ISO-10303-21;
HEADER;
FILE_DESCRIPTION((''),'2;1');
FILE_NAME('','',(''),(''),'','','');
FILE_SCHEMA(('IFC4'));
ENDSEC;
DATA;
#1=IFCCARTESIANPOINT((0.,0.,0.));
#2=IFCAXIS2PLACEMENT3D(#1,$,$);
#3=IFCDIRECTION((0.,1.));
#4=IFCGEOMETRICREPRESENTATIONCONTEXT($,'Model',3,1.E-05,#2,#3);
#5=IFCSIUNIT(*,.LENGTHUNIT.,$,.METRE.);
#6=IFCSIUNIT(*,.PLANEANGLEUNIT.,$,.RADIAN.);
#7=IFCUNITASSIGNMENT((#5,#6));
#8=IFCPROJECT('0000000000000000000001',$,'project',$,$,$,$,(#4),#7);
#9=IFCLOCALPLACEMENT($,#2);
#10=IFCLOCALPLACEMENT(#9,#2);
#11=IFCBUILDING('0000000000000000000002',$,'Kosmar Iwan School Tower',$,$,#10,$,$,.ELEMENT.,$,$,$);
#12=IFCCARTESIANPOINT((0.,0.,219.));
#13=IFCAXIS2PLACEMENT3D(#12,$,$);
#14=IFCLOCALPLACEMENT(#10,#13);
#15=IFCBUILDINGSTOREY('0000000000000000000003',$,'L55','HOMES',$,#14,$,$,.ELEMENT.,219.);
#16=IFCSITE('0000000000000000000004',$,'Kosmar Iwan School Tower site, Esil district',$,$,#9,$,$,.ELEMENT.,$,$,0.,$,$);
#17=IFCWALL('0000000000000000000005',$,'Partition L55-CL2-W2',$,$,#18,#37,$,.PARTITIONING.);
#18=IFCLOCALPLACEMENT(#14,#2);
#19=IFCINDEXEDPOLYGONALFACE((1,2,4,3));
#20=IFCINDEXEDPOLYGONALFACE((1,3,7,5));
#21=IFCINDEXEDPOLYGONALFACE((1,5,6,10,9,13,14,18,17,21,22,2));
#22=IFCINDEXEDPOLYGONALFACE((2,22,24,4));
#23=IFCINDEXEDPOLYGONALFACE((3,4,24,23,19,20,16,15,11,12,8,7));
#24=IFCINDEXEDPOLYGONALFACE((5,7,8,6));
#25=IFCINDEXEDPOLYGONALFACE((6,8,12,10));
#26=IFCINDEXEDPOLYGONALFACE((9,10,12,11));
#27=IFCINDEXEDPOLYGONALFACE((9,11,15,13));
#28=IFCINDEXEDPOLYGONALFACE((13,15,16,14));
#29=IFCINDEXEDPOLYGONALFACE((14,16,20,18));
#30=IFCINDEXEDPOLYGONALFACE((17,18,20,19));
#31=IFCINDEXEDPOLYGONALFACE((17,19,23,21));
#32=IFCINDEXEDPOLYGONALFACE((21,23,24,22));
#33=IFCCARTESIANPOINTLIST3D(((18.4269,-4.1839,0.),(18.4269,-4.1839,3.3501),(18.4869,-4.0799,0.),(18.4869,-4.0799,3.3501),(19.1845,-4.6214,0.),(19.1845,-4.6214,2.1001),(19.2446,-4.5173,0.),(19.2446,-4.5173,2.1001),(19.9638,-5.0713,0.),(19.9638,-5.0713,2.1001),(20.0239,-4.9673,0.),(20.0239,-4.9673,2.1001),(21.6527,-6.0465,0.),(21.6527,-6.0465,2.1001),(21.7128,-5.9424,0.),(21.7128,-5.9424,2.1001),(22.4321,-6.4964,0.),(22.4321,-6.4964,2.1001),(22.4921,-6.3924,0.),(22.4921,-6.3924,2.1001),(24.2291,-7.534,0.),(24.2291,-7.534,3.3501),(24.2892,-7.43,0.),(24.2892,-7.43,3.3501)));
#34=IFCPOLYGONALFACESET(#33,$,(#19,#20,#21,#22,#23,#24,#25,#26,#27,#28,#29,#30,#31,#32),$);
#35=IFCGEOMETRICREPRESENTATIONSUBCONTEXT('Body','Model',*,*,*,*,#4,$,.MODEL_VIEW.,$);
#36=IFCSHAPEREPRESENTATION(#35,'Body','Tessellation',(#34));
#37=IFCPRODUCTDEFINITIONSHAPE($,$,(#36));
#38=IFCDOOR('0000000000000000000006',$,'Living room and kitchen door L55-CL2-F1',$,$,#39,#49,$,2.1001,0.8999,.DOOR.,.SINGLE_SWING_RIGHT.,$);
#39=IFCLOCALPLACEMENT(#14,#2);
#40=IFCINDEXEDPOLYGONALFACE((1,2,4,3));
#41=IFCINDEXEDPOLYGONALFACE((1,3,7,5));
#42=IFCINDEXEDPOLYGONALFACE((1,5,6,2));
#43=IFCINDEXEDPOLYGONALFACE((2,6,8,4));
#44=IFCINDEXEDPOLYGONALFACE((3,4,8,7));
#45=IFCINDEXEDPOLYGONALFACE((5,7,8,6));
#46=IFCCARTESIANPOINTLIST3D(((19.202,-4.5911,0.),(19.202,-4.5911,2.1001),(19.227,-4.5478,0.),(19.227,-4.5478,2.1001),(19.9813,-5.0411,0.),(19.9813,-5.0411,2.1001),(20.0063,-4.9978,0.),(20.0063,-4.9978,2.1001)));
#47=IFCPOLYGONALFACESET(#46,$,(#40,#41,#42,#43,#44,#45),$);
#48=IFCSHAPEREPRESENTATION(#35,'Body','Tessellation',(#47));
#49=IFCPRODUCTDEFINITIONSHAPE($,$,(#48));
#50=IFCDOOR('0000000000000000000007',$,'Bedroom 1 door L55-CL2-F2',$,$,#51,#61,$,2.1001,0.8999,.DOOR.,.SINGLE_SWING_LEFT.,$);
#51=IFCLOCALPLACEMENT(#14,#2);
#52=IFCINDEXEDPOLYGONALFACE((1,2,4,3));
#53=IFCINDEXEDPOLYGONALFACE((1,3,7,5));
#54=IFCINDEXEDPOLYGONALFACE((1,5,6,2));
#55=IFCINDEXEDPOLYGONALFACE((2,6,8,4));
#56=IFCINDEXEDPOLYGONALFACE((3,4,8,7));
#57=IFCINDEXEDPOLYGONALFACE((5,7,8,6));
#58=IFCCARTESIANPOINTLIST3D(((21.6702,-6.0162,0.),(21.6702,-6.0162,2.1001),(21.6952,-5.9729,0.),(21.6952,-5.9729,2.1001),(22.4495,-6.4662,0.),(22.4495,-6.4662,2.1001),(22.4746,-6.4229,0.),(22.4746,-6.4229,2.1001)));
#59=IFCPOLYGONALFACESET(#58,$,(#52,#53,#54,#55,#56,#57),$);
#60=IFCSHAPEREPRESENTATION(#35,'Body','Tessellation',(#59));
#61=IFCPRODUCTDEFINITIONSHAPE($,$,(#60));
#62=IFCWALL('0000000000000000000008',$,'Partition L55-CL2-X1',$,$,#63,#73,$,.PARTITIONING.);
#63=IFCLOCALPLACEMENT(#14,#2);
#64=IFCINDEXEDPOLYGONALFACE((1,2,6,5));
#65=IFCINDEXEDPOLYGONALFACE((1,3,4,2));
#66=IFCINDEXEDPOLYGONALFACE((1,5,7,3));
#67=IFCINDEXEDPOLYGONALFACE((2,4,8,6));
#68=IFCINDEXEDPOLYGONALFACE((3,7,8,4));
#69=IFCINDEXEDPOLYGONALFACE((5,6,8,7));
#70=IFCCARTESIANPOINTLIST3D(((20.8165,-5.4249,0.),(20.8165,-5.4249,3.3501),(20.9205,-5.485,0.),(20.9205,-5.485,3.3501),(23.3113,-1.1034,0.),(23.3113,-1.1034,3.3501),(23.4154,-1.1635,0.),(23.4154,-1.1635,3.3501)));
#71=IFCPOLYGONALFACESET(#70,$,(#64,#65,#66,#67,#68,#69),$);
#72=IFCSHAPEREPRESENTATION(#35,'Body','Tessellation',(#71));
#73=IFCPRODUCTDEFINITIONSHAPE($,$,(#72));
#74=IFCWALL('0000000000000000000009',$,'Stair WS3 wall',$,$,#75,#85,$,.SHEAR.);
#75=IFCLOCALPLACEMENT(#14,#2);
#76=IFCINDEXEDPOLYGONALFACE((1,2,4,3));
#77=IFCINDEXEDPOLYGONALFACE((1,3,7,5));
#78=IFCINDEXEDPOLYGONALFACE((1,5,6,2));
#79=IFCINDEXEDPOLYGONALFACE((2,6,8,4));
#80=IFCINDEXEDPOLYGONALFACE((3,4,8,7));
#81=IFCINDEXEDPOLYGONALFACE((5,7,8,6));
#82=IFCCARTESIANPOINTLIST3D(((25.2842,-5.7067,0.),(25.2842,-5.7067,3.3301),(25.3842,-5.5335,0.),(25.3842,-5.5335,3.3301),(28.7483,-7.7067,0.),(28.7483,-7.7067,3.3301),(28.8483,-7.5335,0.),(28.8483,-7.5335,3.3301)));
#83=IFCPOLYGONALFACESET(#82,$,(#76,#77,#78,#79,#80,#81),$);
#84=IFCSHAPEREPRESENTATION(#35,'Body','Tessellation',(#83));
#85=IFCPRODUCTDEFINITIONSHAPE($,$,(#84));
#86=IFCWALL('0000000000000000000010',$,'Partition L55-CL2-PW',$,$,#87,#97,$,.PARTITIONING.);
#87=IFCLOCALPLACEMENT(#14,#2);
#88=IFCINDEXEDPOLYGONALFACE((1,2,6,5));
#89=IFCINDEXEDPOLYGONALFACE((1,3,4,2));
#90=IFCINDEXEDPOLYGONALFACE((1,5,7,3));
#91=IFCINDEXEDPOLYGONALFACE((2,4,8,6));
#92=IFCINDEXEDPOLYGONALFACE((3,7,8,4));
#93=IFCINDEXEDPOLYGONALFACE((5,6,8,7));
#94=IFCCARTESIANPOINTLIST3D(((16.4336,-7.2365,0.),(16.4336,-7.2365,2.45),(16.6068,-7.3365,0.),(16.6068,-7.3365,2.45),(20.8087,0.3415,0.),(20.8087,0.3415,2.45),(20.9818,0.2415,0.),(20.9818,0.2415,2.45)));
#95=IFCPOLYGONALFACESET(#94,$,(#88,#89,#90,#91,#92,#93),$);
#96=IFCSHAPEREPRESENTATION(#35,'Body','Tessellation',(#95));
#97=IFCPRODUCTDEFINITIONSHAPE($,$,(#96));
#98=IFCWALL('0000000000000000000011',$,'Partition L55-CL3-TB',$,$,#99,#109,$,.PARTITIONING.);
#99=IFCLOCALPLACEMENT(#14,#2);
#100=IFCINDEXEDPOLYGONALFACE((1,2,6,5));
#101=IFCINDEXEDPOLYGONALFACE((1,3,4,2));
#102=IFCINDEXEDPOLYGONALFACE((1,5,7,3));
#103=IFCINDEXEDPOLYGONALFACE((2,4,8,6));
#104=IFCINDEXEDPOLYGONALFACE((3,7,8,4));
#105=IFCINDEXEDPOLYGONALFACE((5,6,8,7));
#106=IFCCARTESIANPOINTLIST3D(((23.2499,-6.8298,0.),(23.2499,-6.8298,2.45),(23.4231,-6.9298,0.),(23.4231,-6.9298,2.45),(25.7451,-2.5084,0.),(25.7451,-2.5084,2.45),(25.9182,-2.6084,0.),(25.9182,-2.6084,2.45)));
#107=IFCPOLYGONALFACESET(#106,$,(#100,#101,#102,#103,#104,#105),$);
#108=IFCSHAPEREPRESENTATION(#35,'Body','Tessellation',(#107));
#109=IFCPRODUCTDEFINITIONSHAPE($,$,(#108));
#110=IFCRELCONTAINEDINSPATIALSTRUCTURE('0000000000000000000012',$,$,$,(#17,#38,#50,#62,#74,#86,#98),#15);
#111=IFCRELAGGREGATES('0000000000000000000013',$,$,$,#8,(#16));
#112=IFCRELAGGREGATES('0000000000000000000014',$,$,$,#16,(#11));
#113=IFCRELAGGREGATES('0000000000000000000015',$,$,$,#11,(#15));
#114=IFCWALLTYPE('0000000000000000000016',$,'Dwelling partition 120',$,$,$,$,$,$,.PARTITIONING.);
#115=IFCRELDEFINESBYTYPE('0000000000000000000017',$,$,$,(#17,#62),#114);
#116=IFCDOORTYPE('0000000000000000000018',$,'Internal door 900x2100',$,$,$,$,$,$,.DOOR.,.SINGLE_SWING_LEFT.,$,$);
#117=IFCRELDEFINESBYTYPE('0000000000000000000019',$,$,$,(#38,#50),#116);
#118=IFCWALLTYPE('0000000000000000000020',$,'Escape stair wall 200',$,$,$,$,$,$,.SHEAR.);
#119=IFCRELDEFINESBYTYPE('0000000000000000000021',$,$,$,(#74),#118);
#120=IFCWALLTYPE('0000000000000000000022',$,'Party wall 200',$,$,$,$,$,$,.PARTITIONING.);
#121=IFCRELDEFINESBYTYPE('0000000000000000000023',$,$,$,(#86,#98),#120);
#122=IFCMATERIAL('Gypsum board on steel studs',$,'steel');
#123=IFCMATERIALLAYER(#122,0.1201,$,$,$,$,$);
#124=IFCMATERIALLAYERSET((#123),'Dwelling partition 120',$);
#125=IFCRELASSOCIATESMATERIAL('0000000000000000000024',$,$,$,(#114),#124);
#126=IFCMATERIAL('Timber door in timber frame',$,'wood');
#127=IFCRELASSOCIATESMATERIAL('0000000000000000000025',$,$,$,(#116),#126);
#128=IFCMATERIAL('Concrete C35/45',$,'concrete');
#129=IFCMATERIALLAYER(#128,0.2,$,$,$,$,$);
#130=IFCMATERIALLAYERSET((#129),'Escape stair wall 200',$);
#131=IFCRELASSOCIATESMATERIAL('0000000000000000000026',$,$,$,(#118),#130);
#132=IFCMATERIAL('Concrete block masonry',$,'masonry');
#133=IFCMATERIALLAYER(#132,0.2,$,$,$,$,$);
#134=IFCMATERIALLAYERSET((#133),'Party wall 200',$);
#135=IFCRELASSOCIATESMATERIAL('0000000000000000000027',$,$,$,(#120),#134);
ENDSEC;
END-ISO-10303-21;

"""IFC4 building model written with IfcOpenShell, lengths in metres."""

from ifc_helpers import new_model, si_unit, direction, frame, frame_2d, origin, place, context, subcontext, project, spatial, rectangle, extrude, material, layer, layer_set, type_object, element, fill, save


model = new_model("IFC4")

# Units and contexts
model_context = context("Model", 3, precision=1e-05, world=origin(), true_north=direction((0.0, 1.0)))
body_context = subcontext(model_context, "Body", "Model", "MODEL_VIEW")
ifc_project = project(units=[si_unit("LENGTHUNIT", "METRE"), si_unit("PLANEANGLEUNIT", "RADIAN")], contexts=[model_context])

# Site, building, storey
site_placement = place(None, origin())
site = spatial("IfcSite", under=ifc_project, at=site_placement, Name="Kosmar Iwan School Tower site, Esil district", CompositionType="ELEMENT", RefElevation=0.0)
building_placement = place(site_placement, origin())
building = spatial("IfcBuilding", under=site, at=building_placement, Name="Kosmar Iwan School Tower", CompositionType="ELEMENT")
storey_placement = place(building_placement, frame((0.0, 0.0, 219.0)))
storey = spatial("IfcBuildingStorey", under=building, at=storey_placement, Name="L55", Description="HOMES", CompositionType="ELEMENT", Elevation=219.0)

# Shared definitions
ifc_material_1 = material(Name="Gypsum board on steel studs", Category="steel")
ifc_layer_1 = layer(ifc_material_1, 0.1201)
ifc_layer_set_1 = layer_set([ifc_layer_1], Name="Dwelling partition 120")
wall_type_1 = type_object("IfcWallType", Name="Dwelling partition 120", PredefinedType="PARTITIONING", material=ifc_layer_set_1)

# Wall, openings, doors
ifc_material_2 = material(Name="Timber door in timber frame", Category="wood")
door_type_1 = type_object("IfcDoorType", Name="Internal door 900x2100", OperationType="SINGLE_SWING_LEFT", PredefinedType="DOOR", material=ifc_material_2)
wall_1_placement = place(storey_placement, frame((18.4568, -4.1318, 0.0), z_axis=(0.0, 0.0, 1.0), x_axis=(0.866014, -0.500019, 0.0)))
wall_1 = element("IfcWall", 1, at=wall_1_placement, inside=storey, type_object=wall_type_1, Name="Partition L55-CL2-W2", PredefinedType="PARTITIONING", context=body_context, shape_type="SweptSolid", body=[
    extrude(rectangle(XDim=6.7, YDim=0.1201, at=frame_2d((3.3501, 0.0))), origin(), (0.0, 0.0, 1.0), 3.3501),
])
opening_1_placement = place(wall_1_placement, frame((0.875, 0.0, 0.0)))
opening_1 = element("IfcOpeningElement", 2, at=opening_1_placement, cuts=wall_1, PredefinedType="OPENING", context=body_context, shape_type="SweptSolid", body=[
    extrude(rectangle(XDim=0.8999, YDim=2.1001, at=frame_2d((0.45, 1.05))), frame((0.0, 0.072, 0.0), z_axis=(0.0, -1.0, 0.0), x_axis=(1.0, 0.0, 0.0)), (0.0, 0.0, 1.0), 0.144),
])
opening_2_placement = place(wall_1_placement, frame((3.7251, 0.0, 0.0)))
opening_2 = element("IfcOpeningElement", 3, at=opening_2_placement, cuts=wall_1, PredefinedType="OPENING", context=body_context, shape_type="SweptSolid", body=[
    extrude(rectangle(XDim=0.8999, YDim=2.1001, at=frame_2d((0.45, 1.05))), frame((0.0, 0.072, 0.0), z_axis=(0.0, -1.0, 0.0), x_axis=(1.0, 0.0, 0.0)), (0.0, 0.0, 1.0), 0.144),
])
door_1_placement = place(opening_1_placement, origin())
door_1 = element("IfcDoor", 4, at=door_1_placement, inside=storey, type_object=door_type_1, Name="Living room and kitchen door L55-CL2-F1", OperationType="SINGLE_SWING_RIGHT", OverallHeight=2.1001, OverallWidth=0.8999, PredefinedType="DOOR", context=body_context, shape_type="SweptSolid", body=[
    extrude(rectangle(XDim=0.8999, YDim=2.1001, at=frame_2d((0.45, 1.05))), frame((0.0, 0.0249, 0.0), z_axis=(0.0, -1.0, 0.0), x_axis=(1.0, 0.0, 0.0)), (0.0, 0.0, 1.0), 0.05),
])
fill(opening_1, door_1)
door_2_placement = place(opening_2_placement, origin())
door_2 = element("IfcDoor", 5, at=door_2_placement, inside=storey, type_object=door_type_1, Name="Bedroom 1 door L55-CL2-F2", OperationType="SINGLE_SWING_LEFT", OverallHeight=2.1001, OverallWidth=0.8999, PredefinedType="DOOR", context=body_context, shape_type="SweptSolid", body=[
    extrude(rectangle(XDim=0.8999, YDim=2.1001, at=frame_2d((0.45, 1.05))), frame((0.0, 0.0249, 0.0), z_axis=(0.0, -1.0, 0.0), x_axis=(1.0, 0.0, 0.0)), (0.0, 0.0, 1.0), 0.05),
])
fill(opening_2, door_2)

# Walls
wall_2_placement = place(storey_placement, frame((20.8684, -5.4551, 0.0), z_axis=(0.0, 0.0, 1.0), x_axis=(0.499975, 0.86604, 0.0)))
element("IfcWall", 6, at=wall_2_placement, inside=storey, type_object=wall_type_1, Name="Partition L55-CL2-X1", PredefinedType="PARTITIONING", context=body_context, shape_type="SweptSolid", body=[
    extrude(rectangle(XDim=4.99, YDim=0.1201, at=frame_2d((2.4951, 0.0))), origin(), (0.0, 0.0, 1.0), 3.3501),
])
ifc_material_3 = material(Name="Concrete C35/45", Category="concrete")
ifc_layer_2 = layer(ifc_material_3, 0.2)
ifc_layer_set_2 = layer_set([ifc_layer_2], Name="Escape stair wall 200")
wall_type_2 = type_object("IfcWallType", Name="Escape stair wall 200", PredefinedType="SHEAR", material=ifc_layer_set_2)
wall_3_placement = place(storey_placement, frame((25.3342, -5.6201, 0.0), z_axis=(0.0, 0.0, 1.0), x_axis=(0.866026, -0.499999, 0.0)))
element("IfcWall", 7, at=wall_3_placement, inside=storey, type_object=wall_type_2, Name="Stair WS3 wall", PredefinedType="SHEAR", context=body_context, shape_type="SweptSolid", body=[
    extrude(rectangle(XDim=4.0, YDim=0.2, at=frame_2d((2.0, 0.0))), origin(), (0.0, 0.0, 1.0), 3.3301),
])
ifc_material_4 = material(Name="Concrete block masonry", Category="masonry")
ifc_layer_3 = layer(ifc_material_4, 0.2)
ifc_layer_set_3 = layer_set([ifc_layer_3], Name="Party wall 200")
wall_type_3 = type_object("IfcWallType", Name="Party wall 200", PredefinedType="PARTITIONING", material=ifc_layer_set_3)
wall_4_placement = place(storey_placement, frame((16.5203, -7.2864, 0.0), z_axis=(0.0, 0.0, 1.0), x_axis=(0.499992, 0.86603, 0.0)))
element("IfcWall", 8, at=wall_4_placement, inside=storey, type_object=wall_type_3, Name="Partition L55-CL2-PW", PredefinedType="PARTITIONING", context=body_context, shape_type="SweptSolid", body=[
    extrude(rectangle(XDim=8.7502, YDim=0.2, at=frame_2d((4.375, 0.0))), origin(), (0.0, 0.0, 1.0), 2.45),
])
wall_5_placement = place(storey_placement, frame((23.3364, -6.8799, 0.0), z_axis=(0.0, 0.0, 1.0), x_axis=(0.500033, 0.866006, 0.0)))
element("IfcWall", 9, at=wall_5_placement, inside=storey, type_object=wall_type_3, Name="Partition L55-CL3-TB", PredefinedType="PARTITIONING", context=body_context, shape_type="SweptSolid", body=[
    extrude(rectangle(XDim=4.99, YDim=0.2, at=frame_2d((2.4951, 0.0))), origin(), (0.0, 0.0, 1.0), 2.45),
])

save(model, "model.ifc")
